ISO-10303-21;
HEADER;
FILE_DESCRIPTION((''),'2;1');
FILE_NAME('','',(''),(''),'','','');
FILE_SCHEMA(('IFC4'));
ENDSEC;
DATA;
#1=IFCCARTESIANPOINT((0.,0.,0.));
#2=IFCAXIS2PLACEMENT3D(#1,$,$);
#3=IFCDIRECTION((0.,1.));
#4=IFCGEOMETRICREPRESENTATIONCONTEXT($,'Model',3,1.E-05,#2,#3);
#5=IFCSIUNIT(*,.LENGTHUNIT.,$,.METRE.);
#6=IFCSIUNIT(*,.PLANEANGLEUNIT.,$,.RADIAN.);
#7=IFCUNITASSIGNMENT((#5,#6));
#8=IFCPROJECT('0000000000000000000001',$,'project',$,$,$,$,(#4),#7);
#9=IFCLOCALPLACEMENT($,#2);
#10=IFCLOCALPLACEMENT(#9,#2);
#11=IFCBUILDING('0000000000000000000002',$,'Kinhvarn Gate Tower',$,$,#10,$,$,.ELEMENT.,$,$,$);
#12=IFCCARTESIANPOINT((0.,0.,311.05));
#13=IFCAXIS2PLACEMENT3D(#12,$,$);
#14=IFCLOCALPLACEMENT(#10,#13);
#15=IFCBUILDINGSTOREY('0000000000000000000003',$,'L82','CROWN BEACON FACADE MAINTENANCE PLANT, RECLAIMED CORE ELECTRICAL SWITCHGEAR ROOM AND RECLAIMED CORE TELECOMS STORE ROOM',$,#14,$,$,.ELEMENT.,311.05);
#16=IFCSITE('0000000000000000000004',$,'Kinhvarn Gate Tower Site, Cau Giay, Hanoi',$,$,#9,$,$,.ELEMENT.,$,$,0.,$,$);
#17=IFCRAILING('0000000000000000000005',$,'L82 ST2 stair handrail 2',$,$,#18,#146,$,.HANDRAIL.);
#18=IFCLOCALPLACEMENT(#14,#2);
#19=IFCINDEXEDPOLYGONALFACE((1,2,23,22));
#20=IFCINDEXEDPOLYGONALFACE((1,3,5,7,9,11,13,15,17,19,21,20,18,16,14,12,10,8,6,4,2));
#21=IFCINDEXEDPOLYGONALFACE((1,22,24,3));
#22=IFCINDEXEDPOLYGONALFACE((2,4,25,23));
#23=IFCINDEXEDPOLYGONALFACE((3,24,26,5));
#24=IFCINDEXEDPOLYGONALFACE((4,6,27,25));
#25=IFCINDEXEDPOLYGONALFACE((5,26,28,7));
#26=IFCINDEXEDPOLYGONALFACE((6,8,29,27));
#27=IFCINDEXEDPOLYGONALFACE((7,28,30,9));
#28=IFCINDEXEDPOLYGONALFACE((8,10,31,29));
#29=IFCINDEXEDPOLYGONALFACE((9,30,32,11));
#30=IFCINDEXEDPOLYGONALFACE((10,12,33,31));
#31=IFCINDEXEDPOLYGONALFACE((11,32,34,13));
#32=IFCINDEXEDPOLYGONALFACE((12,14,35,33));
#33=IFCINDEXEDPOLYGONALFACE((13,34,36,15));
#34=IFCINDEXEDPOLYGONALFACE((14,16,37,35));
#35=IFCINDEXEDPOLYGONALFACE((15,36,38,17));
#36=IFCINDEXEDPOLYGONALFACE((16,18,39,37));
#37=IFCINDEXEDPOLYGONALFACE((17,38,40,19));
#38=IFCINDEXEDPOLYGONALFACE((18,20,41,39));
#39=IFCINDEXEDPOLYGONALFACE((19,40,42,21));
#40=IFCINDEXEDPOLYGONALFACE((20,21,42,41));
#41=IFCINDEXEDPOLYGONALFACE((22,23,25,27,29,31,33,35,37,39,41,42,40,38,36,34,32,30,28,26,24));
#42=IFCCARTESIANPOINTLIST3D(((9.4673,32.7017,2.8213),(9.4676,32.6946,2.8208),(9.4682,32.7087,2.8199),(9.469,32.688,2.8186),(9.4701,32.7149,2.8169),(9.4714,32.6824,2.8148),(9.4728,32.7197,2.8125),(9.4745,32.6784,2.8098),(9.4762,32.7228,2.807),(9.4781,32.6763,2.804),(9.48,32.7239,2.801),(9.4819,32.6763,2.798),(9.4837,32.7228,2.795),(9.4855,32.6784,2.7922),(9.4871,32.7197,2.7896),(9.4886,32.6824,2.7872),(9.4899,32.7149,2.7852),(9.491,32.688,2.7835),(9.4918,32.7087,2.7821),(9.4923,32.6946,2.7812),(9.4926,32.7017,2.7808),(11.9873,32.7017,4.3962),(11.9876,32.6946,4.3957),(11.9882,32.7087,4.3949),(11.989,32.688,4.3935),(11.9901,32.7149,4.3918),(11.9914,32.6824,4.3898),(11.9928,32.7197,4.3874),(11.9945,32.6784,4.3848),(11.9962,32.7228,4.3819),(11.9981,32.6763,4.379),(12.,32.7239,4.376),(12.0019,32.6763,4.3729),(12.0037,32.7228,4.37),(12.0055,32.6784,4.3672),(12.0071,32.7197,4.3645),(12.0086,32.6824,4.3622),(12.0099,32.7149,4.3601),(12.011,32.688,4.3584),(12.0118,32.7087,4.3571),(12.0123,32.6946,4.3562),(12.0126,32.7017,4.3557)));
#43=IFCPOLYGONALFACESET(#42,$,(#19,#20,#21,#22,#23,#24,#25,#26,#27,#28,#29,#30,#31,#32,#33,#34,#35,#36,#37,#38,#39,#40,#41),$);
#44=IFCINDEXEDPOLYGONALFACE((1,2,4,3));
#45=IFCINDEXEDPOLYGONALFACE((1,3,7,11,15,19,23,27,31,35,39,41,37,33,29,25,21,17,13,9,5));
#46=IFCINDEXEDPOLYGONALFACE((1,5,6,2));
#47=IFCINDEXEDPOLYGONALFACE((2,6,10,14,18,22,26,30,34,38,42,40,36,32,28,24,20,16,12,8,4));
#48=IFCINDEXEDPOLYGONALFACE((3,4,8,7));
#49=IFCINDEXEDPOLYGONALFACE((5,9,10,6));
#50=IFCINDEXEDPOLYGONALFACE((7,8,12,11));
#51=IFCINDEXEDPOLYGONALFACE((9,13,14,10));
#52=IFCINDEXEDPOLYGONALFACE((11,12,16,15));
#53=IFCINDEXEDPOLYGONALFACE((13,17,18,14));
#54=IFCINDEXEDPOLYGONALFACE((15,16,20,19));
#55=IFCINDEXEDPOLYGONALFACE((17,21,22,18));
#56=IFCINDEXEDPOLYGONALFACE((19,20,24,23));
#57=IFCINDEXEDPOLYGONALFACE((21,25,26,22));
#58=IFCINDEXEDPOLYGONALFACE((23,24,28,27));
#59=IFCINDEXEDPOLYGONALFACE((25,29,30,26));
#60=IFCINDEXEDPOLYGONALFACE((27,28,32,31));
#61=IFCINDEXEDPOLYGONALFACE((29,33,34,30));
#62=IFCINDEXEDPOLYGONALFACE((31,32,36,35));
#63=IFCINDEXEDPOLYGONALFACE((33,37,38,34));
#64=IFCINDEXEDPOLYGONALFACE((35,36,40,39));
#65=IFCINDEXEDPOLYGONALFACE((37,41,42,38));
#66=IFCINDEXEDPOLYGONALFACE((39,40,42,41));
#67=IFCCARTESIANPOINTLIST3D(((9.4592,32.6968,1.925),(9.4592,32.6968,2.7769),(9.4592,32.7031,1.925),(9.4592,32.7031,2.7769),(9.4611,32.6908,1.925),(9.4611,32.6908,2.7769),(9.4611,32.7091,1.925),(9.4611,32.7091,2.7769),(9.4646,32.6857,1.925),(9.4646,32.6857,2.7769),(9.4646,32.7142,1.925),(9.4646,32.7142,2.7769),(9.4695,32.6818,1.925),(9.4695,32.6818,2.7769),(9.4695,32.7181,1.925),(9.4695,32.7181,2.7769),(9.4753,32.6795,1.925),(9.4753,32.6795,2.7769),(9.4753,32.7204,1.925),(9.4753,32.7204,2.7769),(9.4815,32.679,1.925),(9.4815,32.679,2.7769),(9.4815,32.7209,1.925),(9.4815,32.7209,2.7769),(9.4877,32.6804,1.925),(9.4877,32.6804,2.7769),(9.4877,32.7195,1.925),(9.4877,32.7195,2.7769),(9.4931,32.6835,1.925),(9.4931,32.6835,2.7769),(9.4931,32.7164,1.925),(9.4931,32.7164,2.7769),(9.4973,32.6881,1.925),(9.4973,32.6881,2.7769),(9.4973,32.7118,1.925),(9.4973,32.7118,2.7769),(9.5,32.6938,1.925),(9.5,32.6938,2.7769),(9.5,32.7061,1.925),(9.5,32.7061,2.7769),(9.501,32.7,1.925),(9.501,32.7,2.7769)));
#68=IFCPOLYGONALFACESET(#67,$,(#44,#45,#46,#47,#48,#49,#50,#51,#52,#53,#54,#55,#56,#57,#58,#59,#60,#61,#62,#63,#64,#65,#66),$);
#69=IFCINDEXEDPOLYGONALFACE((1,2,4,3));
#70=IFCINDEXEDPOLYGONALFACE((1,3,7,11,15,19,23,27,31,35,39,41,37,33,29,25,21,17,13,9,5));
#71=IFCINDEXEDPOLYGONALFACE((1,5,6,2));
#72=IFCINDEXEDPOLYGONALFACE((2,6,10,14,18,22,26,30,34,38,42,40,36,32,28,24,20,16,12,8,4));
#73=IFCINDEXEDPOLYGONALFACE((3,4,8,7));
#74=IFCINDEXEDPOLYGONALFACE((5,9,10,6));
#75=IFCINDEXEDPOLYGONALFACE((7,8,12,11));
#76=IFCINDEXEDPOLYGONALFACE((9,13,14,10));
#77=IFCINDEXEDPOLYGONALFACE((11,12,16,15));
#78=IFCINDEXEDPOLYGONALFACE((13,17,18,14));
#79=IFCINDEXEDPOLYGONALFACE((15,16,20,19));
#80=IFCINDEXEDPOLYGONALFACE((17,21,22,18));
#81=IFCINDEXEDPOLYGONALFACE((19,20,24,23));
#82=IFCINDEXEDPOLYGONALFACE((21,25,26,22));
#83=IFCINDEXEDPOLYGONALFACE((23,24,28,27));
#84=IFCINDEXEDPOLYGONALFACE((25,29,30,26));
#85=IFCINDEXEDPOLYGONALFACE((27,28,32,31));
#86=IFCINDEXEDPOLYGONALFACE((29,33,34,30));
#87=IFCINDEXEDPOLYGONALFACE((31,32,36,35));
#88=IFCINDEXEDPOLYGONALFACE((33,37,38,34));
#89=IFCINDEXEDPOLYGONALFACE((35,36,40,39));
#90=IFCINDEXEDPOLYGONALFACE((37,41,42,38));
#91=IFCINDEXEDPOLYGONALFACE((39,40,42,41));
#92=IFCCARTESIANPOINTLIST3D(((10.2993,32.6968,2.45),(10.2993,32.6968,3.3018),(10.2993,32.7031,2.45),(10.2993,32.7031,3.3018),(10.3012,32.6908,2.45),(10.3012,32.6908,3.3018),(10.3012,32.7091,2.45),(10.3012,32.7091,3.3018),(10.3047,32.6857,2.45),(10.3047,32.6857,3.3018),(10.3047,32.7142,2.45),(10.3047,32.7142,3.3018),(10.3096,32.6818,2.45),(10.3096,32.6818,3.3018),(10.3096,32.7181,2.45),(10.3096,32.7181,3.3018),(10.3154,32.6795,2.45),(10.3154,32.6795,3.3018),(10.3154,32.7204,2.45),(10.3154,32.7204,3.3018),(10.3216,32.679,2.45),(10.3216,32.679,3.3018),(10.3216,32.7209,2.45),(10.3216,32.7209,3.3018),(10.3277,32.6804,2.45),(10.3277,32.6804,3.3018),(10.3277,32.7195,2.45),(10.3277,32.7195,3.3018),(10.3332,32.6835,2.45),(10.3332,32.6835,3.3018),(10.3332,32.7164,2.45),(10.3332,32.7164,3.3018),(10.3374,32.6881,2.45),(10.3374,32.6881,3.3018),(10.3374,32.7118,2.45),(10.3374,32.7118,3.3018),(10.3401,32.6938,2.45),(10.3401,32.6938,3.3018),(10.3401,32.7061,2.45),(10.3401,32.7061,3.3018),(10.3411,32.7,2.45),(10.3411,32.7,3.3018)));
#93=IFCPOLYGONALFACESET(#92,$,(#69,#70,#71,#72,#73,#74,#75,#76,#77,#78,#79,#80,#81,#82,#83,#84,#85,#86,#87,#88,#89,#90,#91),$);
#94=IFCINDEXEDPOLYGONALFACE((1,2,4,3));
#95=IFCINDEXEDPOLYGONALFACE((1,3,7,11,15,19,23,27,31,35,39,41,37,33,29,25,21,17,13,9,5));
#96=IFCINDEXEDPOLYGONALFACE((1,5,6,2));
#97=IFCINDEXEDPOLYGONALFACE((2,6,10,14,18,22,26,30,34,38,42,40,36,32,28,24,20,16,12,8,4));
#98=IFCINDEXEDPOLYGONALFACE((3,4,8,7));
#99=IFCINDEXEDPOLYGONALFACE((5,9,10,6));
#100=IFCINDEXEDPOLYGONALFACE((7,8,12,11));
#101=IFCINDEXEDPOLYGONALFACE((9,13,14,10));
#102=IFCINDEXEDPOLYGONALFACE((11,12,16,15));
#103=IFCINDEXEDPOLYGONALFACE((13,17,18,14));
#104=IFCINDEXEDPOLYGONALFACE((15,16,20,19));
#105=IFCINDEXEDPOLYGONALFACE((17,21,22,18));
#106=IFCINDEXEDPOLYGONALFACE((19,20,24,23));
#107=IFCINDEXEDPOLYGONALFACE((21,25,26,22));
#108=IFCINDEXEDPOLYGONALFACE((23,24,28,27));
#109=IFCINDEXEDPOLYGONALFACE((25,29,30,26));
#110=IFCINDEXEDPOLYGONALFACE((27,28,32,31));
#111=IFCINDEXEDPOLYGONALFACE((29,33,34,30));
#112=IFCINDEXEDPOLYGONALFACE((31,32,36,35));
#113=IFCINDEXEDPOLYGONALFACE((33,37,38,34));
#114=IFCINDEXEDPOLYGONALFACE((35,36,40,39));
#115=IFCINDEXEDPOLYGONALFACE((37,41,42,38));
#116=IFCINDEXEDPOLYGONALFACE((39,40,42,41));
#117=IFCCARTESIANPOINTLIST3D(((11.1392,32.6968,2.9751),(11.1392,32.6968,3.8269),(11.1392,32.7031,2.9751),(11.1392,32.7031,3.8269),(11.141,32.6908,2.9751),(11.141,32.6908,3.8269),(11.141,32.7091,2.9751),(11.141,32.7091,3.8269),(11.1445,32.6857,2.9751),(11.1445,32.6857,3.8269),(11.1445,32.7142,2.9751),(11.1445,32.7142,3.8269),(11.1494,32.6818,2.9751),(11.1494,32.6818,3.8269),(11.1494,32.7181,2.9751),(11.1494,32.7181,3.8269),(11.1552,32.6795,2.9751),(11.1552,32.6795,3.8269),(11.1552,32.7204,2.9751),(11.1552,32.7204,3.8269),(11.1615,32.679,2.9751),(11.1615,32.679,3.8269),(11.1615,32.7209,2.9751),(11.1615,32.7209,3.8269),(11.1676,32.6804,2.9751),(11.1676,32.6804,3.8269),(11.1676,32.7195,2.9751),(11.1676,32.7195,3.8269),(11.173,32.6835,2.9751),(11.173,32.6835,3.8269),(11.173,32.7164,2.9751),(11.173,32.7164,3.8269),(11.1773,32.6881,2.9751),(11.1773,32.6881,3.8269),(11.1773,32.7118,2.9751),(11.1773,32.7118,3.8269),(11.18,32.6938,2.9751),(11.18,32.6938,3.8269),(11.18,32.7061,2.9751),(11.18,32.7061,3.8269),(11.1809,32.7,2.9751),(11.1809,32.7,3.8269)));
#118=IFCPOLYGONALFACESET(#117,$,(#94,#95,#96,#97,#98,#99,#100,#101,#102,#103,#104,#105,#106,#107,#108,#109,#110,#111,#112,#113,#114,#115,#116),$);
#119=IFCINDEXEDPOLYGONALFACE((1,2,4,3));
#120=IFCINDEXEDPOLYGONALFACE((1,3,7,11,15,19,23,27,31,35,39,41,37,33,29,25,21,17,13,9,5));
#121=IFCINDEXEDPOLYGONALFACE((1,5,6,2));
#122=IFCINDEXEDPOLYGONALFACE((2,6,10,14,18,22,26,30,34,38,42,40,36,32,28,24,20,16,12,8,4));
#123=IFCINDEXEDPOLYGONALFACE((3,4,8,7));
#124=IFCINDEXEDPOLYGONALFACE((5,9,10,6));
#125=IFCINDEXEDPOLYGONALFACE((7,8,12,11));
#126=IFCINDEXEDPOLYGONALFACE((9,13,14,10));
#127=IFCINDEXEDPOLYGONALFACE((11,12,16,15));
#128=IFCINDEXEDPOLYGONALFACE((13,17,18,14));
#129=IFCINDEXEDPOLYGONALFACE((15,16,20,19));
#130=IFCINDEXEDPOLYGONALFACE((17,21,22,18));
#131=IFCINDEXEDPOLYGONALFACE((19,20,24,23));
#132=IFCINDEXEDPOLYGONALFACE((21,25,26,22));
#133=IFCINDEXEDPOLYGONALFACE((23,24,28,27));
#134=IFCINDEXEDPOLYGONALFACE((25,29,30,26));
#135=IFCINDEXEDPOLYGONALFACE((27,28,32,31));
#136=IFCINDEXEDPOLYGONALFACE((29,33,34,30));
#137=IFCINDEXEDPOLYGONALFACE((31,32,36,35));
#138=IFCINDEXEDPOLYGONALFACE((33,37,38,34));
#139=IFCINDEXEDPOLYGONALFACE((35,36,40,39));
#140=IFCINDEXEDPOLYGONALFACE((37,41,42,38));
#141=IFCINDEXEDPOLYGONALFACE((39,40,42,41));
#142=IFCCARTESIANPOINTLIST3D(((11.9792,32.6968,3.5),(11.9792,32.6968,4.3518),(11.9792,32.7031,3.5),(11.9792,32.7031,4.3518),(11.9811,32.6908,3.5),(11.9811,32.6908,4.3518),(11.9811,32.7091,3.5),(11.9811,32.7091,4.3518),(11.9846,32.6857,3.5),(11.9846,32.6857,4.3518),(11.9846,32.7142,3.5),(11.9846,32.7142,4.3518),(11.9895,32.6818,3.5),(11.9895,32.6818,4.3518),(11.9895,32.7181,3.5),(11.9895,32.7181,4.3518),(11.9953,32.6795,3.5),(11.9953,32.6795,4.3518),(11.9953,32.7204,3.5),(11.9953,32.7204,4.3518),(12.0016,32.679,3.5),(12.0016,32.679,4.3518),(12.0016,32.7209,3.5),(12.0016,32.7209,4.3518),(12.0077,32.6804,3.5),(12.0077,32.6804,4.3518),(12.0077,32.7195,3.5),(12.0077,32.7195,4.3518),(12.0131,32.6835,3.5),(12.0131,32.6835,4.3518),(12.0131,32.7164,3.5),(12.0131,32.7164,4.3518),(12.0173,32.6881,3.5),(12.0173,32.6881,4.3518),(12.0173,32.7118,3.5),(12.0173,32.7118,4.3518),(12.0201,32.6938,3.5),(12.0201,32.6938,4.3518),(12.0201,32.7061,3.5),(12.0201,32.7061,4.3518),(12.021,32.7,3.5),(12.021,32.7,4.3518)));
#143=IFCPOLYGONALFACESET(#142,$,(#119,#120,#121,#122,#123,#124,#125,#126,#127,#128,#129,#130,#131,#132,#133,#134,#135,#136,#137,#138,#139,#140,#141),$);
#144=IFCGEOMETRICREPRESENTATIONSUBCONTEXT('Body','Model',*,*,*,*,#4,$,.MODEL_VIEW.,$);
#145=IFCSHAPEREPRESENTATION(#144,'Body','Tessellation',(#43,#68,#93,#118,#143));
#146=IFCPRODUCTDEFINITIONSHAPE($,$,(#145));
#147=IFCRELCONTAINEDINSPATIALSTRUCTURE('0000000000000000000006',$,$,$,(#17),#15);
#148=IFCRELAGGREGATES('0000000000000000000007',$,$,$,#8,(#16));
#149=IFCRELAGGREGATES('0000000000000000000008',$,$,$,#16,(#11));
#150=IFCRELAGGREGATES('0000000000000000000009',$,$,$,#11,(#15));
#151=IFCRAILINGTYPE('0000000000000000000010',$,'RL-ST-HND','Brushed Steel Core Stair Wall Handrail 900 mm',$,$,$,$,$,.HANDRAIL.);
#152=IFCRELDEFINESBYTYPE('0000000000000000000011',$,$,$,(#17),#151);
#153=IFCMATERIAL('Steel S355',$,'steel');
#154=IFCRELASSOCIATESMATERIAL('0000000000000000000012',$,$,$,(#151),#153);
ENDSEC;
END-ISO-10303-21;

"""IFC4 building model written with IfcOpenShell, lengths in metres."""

from ifc_helpers import new_model, si_unit, direction, frame, origin, origin_2d, place, context, subcontext, project, spatial, circle, extrude, material, type_object, element, save


model = new_model("IFC4")

# Units and contexts
model_context = context("Model", 3, precision=1e-05, world=origin(), true_north=direction((0.0, 1.0)))
body_context = subcontext(model_context, "Body", "Model", "MODEL_VIEW")
ifc_project = project(units=[si_unit("LENGTHUNIT", "METRE"), si_unit("PLANEANGLEUNIT", "RADIAN")], contexts=[model_context])

# Site, building, storey
site_placement = place(None, origin())
site = spatial("IfcSite", under=ifc_project, at=site_placement, Name="Kinhvarn Gate Tower Site, Cau Giay, Hanoi", CompositionType="ELEMENT", RefElevation=0.0)
building_placement = place(site_placement, origin())
building = spatial("IfcBuilding", under=site, at=building_placement, Name="Kinhvarn Gate Tower", CompositionType="ELEMENT")
storey_placement = place(building_placement, frame((0.0, 0.0, 311.05)))
storey = spatial("IfcBuildingStorey", under=building, at=storey_placement, Name="L82", Description="CROWN BEACON FACADE MAINTENANCE PLANT, RECLAIMED CORE ELECTRICAL SWITCHGEAR ROOM AND RECLAIMED CORE TELECOMS STORE ROOM", CompositionType="ELEMENT", Elevation=311.05)

# Railing
ifc_material_1 = material(Name="Steel S355", Category="steel")
railing_type = type_object("IfcRailingType", Name="RL-ST-HND", Description="Brushed Steel Core Stair Wall Handrail 900 mm", PredefinedType="HANDRAIL", material=ifc_material_1)
railing_placement = place(storey_placement, frame((9.48, 32.7, 1.925)))
element("IfcRailing", 1, at=railing_placement, inside=storey, type_object=railing_type, Name="L82 ST2 stair handrail 2", PredefinedType="HANDRAIL", context=body_context, shape_type="SweptSolid", body=[
    extrude(circle(Radius=0.0239, at=origin_2d()), frame((0.0, 0.0, 0.876), z_axis=(0.848008, 0.0, 0.529984), x_axis=(0.0, 1.0, 0.0)), (0.0, 0.0, 1.0), 2.9717),
    extrude(circle(Radius=0.021, at=origin_2d()), origin(), (0.0, 0.0, 1.0), 0.8518),
    extrude(circle(Radius=0.021, at=origin_2d()), frame((0.8401, 0.0, 0.5249)), (0.0, 0.0, 1.0), 0.8518),
    extrude(circle(Radius=0.021, at=origin_2d()), frame((1.6799, 0.0, 1.05)), (0.0, 0.0, 1.0), 0.8518),
    extrude(circle(Radius=0.021, at=origin_2d()), frame((2.52, 0.0, 1.575)), (0.0, 0.0, 1.0), 0.8518),
])

save(model, "model.ifc")
